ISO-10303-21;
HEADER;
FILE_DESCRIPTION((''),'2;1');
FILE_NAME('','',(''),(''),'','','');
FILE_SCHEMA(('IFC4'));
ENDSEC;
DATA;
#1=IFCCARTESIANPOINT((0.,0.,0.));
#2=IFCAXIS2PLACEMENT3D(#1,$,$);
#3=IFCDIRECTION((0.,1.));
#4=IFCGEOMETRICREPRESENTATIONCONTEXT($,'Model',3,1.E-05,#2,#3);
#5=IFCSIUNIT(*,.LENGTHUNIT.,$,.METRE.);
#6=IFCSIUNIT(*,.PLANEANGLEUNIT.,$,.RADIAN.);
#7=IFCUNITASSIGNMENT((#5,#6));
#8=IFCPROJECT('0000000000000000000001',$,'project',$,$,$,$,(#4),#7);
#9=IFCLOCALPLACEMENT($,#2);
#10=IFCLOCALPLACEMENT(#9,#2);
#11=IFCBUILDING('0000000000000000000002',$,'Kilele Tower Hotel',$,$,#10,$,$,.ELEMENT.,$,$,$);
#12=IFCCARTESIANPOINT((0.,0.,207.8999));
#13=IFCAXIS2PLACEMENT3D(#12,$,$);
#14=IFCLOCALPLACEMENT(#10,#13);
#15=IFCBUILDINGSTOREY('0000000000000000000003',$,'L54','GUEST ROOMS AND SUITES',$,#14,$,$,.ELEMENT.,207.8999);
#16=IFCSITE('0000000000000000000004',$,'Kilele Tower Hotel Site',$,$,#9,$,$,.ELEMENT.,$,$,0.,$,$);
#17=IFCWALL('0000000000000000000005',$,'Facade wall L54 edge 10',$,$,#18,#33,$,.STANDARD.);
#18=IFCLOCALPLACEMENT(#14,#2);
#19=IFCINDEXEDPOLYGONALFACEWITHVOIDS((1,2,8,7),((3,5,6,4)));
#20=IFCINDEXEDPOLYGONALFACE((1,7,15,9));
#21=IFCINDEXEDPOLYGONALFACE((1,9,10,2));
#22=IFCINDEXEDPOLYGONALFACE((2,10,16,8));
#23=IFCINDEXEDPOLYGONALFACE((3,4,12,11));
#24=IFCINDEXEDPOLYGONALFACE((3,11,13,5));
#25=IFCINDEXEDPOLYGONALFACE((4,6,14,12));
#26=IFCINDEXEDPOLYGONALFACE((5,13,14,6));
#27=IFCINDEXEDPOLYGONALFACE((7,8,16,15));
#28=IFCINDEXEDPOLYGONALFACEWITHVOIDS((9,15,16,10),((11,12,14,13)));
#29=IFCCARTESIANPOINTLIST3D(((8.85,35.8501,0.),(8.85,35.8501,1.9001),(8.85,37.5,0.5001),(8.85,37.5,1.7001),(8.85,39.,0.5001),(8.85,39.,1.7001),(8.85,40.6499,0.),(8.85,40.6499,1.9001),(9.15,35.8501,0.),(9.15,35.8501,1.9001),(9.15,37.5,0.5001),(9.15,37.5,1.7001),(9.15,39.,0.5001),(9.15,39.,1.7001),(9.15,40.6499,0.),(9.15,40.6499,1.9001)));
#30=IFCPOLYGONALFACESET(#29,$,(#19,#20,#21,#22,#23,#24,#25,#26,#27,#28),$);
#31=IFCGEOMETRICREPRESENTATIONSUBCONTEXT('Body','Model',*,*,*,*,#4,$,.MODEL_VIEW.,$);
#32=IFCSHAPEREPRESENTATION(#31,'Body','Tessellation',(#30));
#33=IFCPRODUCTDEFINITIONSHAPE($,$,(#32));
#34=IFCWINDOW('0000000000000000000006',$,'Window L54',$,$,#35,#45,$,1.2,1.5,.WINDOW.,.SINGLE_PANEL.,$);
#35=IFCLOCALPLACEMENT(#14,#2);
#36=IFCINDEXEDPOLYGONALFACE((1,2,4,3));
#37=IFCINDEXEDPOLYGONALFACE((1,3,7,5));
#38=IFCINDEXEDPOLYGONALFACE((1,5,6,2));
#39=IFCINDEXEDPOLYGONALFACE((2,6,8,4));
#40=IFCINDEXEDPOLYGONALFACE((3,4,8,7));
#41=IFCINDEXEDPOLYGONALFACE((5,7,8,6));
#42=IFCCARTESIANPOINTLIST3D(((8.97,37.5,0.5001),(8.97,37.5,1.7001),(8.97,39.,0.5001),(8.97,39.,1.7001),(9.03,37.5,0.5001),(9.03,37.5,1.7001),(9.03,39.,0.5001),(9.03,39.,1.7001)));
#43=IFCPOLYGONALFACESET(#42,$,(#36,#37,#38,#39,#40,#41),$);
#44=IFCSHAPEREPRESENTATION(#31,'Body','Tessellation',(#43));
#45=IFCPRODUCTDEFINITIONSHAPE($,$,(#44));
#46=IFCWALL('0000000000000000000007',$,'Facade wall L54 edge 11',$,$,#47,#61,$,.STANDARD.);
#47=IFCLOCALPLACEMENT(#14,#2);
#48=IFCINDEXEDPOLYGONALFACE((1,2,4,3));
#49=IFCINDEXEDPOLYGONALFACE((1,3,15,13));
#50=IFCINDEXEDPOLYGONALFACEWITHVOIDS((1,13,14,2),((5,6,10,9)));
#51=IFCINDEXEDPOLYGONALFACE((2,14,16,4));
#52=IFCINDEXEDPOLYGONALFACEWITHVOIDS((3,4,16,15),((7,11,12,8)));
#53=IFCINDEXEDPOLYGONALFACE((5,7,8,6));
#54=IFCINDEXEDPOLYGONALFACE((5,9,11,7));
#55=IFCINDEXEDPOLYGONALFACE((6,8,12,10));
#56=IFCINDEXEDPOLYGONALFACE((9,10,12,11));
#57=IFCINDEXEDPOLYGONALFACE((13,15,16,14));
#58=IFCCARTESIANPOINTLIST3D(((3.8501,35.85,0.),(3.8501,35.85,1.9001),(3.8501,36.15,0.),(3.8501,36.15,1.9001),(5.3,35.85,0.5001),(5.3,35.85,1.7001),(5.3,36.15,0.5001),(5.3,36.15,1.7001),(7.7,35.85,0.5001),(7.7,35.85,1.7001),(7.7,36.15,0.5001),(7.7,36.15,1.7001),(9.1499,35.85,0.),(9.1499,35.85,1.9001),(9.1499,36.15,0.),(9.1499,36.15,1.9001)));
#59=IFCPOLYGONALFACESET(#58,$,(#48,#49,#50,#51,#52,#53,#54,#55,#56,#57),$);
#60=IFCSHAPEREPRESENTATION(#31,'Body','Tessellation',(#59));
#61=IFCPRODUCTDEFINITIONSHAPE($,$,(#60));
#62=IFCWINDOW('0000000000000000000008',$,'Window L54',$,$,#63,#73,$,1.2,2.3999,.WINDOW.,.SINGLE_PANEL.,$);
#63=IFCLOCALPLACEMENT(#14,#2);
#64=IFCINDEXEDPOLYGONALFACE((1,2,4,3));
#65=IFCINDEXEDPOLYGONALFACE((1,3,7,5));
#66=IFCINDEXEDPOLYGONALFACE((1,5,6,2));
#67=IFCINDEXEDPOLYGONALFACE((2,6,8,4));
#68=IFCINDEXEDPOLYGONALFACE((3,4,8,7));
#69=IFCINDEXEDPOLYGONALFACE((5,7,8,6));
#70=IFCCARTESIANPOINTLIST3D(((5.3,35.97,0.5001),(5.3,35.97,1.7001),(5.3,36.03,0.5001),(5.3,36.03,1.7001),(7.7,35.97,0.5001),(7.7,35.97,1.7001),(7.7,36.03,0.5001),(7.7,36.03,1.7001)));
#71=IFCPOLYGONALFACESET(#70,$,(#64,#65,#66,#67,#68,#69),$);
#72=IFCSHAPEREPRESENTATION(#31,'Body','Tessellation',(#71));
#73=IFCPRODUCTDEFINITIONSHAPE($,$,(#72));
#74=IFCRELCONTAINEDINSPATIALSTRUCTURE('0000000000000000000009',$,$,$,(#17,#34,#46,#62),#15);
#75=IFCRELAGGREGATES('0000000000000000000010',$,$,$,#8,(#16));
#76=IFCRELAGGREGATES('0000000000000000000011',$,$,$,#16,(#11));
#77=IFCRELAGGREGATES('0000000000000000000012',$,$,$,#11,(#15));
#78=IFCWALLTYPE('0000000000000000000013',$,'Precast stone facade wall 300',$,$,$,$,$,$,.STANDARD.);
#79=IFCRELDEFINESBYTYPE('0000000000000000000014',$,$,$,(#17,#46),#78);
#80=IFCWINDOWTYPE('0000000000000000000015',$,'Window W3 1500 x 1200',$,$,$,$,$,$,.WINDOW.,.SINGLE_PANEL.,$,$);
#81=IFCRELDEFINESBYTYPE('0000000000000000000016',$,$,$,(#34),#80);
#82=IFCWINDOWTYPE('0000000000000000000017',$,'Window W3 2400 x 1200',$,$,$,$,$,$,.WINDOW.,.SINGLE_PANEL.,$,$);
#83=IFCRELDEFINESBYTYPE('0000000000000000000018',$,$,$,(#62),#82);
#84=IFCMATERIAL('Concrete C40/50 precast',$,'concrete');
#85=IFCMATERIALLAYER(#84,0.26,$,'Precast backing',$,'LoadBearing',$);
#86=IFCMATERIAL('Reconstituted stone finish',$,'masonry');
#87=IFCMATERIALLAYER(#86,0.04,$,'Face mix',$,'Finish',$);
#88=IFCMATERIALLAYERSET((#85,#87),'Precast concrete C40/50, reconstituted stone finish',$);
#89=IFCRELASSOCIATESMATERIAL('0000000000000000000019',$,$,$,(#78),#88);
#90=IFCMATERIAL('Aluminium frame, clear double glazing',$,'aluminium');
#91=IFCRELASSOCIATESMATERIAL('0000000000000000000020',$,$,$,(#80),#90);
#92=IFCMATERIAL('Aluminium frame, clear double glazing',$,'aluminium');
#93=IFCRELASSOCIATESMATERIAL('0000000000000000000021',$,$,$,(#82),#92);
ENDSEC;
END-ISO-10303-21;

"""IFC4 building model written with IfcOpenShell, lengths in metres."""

from ifc_helpers import new_model, si_unit, direction, frame, frame_2d, origin, place, context, subcontext, project, spatial, rectangle, extrude, material, layer, layer_set, type_object, element, fill, save


model = new_model("IFC4")

# Units and contexts
model_context = context("Model", 3, precision=1e-05, world=origin(), true_north=direction((0.0, 1.0)))
body_context = subcontext(model_context, "Body", "Model", "MODEL_VIEW")
ifc_project = project(units=[si_unit("LENGTHUNIT", "METRE"), si_unit("PLANEANGLEUNIT", "RADIAN")], contexts=[model_context])

# Site, building, storey
site_placement = place(None, origin())
site = spatial("IfcSite", under=ifc_project, at=site_placement, Name="Kilele Tower Hotel Site", CompositionType="ELEMENT", RefElevation=0.0)
building_placement = place(site_placement, origin())
building = spatial("IfcBuilding", under=site, at=building_placement, Name="Kilele Tower Hotel", CompositionType="ELEMENT")
storey_placement = place(building_placement, frame((0.0, 0.0, 207.8999)))
storey = spatial("IfcBuildingStorey", under=building, at=storey_placement, Name="L54", Description="GUEST ROOMS AND SUITES", CompositionType="ELEMENT", Elevation=207.8999)

# Walls, openings, windows
ifc_material_1 = material(Name="Concrete C40/50 precast", Category="concrete")
ifc_layer_1 = layer(ifc_material_1, 0.26, Name="Precast backing", Category="LoadBearing")
ifc_material_2 = material(Name="Reconstituted stone finish", Category="masonry")
ifc_layer_2 = layer(ifc_material_2, 0.04, Name="Face mix", Category="Finish")
ifc_layer_set_1 = layer_set([ifc_layer_1, ifc_layer_2], Name="Precast concrete C40/50, reconstituted stone finish")
wall_type_1 = type_object("IfcWallType", Name="Precast stone facade wall 300", PredefinedType="STANDARD", material=ifc_layer_set_1)
wall_1_placement = place(storey_placement, frame((9.0, 40.6499, 0.0), z_axis=(0.0, 0.0, 1.0), x_axis=(0.0, -1.0, 0.0)))
wall_1 = element("IfcWall", 1, at=wall_1_placement, inside=storey, type_object=wall_type_1, Name="Facade wall L54 edge 10", PredefinedType="STANDARD", context=body_context, shape_type="SweptSolid", body=[
    extrude(rectangle(XDim=4.7998, YDim=0.3, at=frame_2d((2.3999, 0.0))), origin(), (0.0, 0.0, 1.0), 1.9001),
])
opening_1_placement = place(wall_1_placement, frame((1.6499, 0.0, 0.5)))
opening_1 = element("IfcOpeningElement", 2, at=opening_1_placement, cuts=wall_1, PredefinedType="OPENING", context=body_context, shape_type="SweptSolid", body=[
    extrude(rectangle(XDim=1.5, YDim=1.2, at=frame_2d((0.75, 0.6001))), frame((0.0, 0.1599, 0.0), z_axis=(0.0, -1.0, 0.0), x_axis=(1.0, 0.0, 0.0)), (0.0, 0.0, 1.0), 0.3201),
])
ifc_material_3 = material(Name="Aluminium frame, clear double glazing", Category="aluminium")
window_type_1 = type_object("IfcWindowType", Name="Window W3 1500 x 1200", PartitioningType="SINGLE_PANEL", PredefinedType="WINDOW", material=ifc_material_3)
window_1_placement = place(opening_1_placement, origin())
window_1 = element("IfcWindow", 3, at=window_1_placement, inside=storey, type_object=window_type_1, Name="Window L54", OverallHeight=1.2, OverallWidth=1.5, PartitioningType="SINGLE_PANEL", PredefinedType="WINDOW", context=body_context, shape_type="SweptSolid", body=[
    extrude(rectangle(XDim=1.5, YDim=1.2, at=frame_2d((0.75, 0.6001))), frame((0.0, 0.03, 0.0), z_axis=(0.0, -1.0, 0.0), x_axis=(1.0, 0.0, 0.0)), (0.0, 0.0, 1.0), 0.0601),
])
fill(opening_1, window_1)
wall_2_placement = place(storey_placement, frame((9.1499, 36.0, 0.0), z_axis=(0.0, 0.0, 1.0), x_axis=(-1.0, 0.0, 0.0)))
wall_2 = element("IfcWall", 4, at=wall_2_placement, inside=storey, type_object=wall_type_1, Name="Facade wall L54 edge 11", PredefinedType="STANDARD", context=body_context, shape_type="SweptSolid", body=[
    extrude(rectangle(XDim=5.2998, YDim=0.3, at=frame_2d((2.6499, 0.0))), origin(), (0.0, 0.0, 1.0), 1.9001),
])
opening_2_placement = place(wall_2_placement, frame((1.45, 0.0, 0.5)))
opening_2 = element("IfcOpeningElement", 5, at=opening_2_placement, cuts=wall_2, PredefinedType="OPENING", context=body_context, shape_type="SweptSolid", body=[
    extrude(rectangle(XDim=2.3999, YDim=1.2, at=frame_2d((1.2, 0.6001))), frame((0.0, 0.1599, 0.0), z_axis=(0.0, -1.0, 0.0), x_axis=(1.0, 0.0, 0.0)), (0.0, 0.0, 1.0), 0.3201),
])
ifc_material_4 = material(Name="Aluminium frame, clear double glazing", Category="aluminium")
window_type_2 = type_object("IfcWindowType", Name="Window W3 2400 x 1200", PartitioningType="SINGLE_PANEL", PredefinedType="WINDOW", material=ifc_material_4)
window_2_placement = place(opening_2_placement, origin())
window_2 = element("IfcWindow", 6, at=window_2_placement, inside=storey, type_object=window_type_2, Name="Window L54", OverallHeight=1.2, OverallWidth=2.3999, PartitioningType="SINGLE_PANEL", PredefinedType="WINDOW", context=body_context, shape_type="SweptSolid", body=[
    extrude(rectangle(XDim=2.3999, YDim=1.2, at=frame_2d((1.2, 0.6001))), frame((0.0, 0.03, 0.0), z_axis=(0.0, -1.0, 0.0), x_axis=(1.0, 0.0, 0.0)), (0.0, 0.0, 1.0), 0.0601),
])
fill(opening_2, window_2)

save(model, "model.ifc")
